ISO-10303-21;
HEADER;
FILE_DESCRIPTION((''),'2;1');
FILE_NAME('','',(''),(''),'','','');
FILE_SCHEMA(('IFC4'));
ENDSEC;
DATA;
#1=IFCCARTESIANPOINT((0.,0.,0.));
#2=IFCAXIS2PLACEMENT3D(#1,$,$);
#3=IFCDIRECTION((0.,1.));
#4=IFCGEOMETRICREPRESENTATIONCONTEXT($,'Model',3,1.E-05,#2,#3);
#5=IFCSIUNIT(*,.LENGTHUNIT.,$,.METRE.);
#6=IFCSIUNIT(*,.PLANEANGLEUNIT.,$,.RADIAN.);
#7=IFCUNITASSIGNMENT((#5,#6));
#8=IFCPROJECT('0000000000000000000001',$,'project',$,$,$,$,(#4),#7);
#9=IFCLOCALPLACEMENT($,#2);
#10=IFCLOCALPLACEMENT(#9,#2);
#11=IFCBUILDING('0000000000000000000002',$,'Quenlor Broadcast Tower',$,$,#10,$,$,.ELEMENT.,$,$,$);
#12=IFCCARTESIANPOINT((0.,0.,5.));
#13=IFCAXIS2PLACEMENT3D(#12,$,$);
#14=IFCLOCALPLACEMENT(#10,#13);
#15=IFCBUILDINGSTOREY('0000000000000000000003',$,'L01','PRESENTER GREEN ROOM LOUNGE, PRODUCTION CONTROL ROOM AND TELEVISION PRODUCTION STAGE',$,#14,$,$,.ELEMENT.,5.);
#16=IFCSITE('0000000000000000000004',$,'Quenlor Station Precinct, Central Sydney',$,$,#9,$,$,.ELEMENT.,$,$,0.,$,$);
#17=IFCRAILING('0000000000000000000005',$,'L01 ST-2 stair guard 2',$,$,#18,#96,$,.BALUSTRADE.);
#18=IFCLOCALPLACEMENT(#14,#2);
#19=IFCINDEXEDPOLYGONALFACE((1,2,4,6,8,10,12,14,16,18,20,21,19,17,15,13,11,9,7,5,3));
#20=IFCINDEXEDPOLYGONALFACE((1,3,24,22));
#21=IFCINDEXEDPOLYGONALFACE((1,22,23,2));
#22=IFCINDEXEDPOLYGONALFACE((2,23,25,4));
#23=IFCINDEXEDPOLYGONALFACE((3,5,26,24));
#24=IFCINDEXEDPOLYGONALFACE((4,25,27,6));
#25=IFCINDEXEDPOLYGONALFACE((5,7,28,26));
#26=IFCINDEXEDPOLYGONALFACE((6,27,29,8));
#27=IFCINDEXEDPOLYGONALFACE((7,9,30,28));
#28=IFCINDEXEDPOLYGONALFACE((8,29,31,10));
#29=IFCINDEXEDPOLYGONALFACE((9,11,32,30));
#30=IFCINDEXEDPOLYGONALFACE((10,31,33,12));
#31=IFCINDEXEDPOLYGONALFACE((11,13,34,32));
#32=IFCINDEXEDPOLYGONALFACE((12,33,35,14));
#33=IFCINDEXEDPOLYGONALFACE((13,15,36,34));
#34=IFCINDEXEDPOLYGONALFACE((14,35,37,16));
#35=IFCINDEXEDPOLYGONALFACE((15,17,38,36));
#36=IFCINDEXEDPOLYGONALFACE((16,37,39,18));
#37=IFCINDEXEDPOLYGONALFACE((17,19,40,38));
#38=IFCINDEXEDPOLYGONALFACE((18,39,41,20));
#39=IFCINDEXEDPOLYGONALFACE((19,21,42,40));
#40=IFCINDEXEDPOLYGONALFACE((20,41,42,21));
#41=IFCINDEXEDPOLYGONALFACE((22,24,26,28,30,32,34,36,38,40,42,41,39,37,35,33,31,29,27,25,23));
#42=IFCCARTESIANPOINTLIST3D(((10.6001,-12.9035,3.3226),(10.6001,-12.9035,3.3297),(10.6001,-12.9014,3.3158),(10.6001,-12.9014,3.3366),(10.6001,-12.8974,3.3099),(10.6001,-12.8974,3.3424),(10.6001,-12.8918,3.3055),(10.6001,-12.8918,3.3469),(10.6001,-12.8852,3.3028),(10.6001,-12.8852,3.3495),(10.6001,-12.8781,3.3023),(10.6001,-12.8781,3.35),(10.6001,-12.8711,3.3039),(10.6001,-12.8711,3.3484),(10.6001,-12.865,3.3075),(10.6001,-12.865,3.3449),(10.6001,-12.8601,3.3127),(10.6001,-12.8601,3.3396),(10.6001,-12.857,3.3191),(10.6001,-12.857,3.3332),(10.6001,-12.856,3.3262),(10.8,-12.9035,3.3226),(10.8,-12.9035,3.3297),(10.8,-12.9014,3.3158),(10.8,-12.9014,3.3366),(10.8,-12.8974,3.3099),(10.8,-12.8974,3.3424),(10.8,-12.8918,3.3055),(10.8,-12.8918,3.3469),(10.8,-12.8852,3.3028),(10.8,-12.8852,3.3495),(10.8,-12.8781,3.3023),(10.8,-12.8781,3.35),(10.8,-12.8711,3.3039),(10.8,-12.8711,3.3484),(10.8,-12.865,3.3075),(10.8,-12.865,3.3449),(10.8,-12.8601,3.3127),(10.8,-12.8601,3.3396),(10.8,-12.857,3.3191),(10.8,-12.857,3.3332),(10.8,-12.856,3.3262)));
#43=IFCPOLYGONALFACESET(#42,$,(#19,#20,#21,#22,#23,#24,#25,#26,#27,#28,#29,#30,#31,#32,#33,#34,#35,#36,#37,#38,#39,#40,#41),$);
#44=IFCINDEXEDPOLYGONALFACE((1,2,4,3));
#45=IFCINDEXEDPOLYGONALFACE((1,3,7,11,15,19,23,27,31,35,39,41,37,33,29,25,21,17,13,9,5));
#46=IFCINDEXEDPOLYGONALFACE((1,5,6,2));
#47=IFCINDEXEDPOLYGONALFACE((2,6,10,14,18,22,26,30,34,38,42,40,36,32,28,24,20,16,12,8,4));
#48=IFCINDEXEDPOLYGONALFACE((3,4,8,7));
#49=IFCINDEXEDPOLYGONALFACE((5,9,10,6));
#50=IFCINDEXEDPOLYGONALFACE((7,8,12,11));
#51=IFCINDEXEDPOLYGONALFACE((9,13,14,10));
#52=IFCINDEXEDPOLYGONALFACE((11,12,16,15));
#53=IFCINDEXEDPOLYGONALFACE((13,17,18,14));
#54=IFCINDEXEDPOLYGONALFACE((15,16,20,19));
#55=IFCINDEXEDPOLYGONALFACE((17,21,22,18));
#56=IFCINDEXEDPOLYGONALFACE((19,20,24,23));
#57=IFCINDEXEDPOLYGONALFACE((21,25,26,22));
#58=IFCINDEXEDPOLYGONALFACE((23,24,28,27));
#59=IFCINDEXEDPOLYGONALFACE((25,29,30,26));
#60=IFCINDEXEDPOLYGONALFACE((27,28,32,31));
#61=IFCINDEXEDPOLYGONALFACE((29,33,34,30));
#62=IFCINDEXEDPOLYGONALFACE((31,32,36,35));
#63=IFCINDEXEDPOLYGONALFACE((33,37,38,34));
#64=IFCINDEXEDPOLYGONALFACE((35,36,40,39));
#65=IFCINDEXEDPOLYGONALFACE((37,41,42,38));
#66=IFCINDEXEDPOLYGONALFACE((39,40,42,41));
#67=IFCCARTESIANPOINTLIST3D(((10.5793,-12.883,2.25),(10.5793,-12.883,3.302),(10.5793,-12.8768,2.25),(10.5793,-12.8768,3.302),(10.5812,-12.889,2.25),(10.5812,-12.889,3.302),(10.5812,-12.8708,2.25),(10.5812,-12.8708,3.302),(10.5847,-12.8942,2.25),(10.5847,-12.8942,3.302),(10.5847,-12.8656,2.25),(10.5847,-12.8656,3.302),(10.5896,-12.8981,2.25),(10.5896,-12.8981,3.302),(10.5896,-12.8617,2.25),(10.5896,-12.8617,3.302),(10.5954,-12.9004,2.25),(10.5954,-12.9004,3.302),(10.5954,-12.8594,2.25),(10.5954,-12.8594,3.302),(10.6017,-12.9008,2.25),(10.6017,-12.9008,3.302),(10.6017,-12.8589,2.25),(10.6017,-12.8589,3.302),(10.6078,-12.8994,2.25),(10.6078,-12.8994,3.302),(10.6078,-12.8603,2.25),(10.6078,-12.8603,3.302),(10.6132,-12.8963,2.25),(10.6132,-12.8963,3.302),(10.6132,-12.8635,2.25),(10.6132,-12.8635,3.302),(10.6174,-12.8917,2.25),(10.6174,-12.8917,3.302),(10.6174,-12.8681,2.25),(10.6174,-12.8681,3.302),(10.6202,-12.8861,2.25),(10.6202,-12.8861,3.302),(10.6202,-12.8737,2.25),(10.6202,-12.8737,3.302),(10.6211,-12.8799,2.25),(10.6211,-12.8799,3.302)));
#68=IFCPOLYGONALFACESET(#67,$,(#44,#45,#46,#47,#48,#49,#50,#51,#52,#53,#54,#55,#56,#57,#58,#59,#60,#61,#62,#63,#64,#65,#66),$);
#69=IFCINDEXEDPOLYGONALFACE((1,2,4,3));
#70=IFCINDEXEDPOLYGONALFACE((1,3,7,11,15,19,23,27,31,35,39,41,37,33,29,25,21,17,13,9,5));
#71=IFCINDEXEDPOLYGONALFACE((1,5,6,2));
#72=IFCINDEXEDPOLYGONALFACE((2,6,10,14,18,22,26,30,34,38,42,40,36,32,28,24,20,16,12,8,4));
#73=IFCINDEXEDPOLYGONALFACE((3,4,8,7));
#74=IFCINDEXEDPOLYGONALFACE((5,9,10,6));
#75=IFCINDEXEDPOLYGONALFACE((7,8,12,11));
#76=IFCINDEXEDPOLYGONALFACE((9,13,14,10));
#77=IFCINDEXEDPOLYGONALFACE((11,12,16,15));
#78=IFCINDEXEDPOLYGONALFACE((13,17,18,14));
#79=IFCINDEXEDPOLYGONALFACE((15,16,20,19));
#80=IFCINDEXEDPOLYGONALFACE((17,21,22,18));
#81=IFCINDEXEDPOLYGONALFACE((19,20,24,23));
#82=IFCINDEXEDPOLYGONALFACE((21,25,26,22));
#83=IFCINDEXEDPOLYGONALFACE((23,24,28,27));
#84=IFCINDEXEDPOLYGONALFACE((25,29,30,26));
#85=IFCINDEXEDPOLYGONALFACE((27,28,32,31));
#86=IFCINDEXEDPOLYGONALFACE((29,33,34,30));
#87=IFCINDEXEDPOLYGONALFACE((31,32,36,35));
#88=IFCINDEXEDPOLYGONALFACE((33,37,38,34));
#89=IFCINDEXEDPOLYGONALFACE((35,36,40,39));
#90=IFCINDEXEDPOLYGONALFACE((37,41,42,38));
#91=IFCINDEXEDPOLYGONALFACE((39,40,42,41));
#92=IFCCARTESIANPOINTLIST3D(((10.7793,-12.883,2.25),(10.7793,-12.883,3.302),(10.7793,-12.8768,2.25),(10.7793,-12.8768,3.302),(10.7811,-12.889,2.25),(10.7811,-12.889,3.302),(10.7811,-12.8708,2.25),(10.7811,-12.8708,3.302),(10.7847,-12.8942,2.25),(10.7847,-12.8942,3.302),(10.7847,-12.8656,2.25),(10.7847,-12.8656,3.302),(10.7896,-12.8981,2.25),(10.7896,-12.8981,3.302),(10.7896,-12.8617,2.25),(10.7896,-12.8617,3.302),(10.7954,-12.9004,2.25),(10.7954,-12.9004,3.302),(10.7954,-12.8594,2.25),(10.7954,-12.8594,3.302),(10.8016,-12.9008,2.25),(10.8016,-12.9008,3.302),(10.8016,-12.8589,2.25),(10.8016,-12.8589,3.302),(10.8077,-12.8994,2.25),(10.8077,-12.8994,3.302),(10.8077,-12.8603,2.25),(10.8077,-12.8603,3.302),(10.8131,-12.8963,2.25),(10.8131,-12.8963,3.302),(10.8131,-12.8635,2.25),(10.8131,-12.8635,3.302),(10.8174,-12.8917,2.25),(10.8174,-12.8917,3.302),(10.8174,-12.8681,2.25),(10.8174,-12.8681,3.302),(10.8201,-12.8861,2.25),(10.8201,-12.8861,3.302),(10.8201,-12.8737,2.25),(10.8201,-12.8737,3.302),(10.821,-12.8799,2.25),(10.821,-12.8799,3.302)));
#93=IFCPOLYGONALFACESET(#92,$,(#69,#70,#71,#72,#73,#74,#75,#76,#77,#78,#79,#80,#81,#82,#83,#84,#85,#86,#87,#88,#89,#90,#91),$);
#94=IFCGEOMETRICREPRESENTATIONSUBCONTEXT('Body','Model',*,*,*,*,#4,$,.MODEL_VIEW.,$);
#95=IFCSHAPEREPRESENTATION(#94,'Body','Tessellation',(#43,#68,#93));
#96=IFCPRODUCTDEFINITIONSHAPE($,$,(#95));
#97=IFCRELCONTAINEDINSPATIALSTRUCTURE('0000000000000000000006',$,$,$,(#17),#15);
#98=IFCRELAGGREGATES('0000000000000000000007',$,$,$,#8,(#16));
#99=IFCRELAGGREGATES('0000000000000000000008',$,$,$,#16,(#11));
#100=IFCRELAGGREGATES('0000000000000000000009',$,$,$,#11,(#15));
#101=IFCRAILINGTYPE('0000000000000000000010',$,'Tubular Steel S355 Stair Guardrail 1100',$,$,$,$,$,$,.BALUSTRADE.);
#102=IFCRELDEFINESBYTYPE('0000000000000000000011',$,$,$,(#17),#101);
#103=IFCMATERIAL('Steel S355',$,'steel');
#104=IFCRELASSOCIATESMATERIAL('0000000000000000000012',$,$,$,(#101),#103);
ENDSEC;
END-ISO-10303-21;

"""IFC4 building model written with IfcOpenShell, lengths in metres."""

from ifc_helpers import new_model, si_unit, direction, frame, origin, origin_2d, place, context, subcontext, project, spatial, circle, extrude, material, type_object, element, save


model = new_model("IFC4")

# Units and contexts
model_context = context("Model", 3, precision=1e-05, world=origin(), true_north=direction((0.0, 1.0)))
body_context = subcontext(model_context, "Body", "Model", "MODEL_VIEW")
ifc_project = project(units=[si_unit("LENGTHUNIT", "METRE"), si_unit("PLANEANGLEUNIT", "RADIAN")], contexts=[model_context])

# Site, building, storey
site_placement = place(None, origin())
site = spatial("IfcSite", under=ifc_project, at=site_placement, Name="Quenlor Station Precinct, Central Sydney", CompositionType="ELEMENT", RefElevation=0.0)
building_placement = place(site_placement, origin())
building = spatial("IfcBuilding", under=site, at=building_placement, Name="Quenlor Broadcast Tower", CompositionType="ELEMENT")
storey_placement = place(building_placement, frame((0.0, 0.0, 5.0)))
storey = spatial("IfcBuildingStorey", under=building, at=storey_placement, Name="L01", Description="PRESENTER GREEN ROOM LOUNGE, PRODUCTION CONTROL ROOM AND TELEVISION PRODUCTION STAGE", CompositionType="ELEMENT", Elevation=5.0)

# Railing
ifc_material_1 = material(Name="Steel S355", Category="steel")
railing_type_1 = type_object("IfcRailingType", Name="Tubular Steel S355 Stair Guardrail 1100", PredefinedType="BALUSTRADE", material=ifc_material_1)
railing_1_placement = place(storey_placement, frame((10.6001, -12.8799, 2.25)))
element("IfcRailing", 1, at=railing_1_placement, inside=storey, type_object=railing_type_1, Name="L01 ST-2 stair guard 2", PredefinedType="BALUSTRADE", context=body_context, shape_type="SweptSolid", body=[
    extrude(circle(Radius=0.0239, at=origin_2d()), frame((0.0, 0.0, 1.0762), z_axis=(1.0, 0.0, 0.0), x_axis=(0.0, 1.0, 0.0)), (0.0, 0.0, 1.0), 0.2),
    extrude(circle(Radius=0.021, at=origin_2d()), origin(), (0.0, 0.0, 1.0), 1.052),
    extrude(circle(Radius=0.021, at=origin_2d()), frame((0.2, 0.0, 0.0)), (0.0, 0.0, 1.0), 1.052),
])

save(model, "model.ifc")
